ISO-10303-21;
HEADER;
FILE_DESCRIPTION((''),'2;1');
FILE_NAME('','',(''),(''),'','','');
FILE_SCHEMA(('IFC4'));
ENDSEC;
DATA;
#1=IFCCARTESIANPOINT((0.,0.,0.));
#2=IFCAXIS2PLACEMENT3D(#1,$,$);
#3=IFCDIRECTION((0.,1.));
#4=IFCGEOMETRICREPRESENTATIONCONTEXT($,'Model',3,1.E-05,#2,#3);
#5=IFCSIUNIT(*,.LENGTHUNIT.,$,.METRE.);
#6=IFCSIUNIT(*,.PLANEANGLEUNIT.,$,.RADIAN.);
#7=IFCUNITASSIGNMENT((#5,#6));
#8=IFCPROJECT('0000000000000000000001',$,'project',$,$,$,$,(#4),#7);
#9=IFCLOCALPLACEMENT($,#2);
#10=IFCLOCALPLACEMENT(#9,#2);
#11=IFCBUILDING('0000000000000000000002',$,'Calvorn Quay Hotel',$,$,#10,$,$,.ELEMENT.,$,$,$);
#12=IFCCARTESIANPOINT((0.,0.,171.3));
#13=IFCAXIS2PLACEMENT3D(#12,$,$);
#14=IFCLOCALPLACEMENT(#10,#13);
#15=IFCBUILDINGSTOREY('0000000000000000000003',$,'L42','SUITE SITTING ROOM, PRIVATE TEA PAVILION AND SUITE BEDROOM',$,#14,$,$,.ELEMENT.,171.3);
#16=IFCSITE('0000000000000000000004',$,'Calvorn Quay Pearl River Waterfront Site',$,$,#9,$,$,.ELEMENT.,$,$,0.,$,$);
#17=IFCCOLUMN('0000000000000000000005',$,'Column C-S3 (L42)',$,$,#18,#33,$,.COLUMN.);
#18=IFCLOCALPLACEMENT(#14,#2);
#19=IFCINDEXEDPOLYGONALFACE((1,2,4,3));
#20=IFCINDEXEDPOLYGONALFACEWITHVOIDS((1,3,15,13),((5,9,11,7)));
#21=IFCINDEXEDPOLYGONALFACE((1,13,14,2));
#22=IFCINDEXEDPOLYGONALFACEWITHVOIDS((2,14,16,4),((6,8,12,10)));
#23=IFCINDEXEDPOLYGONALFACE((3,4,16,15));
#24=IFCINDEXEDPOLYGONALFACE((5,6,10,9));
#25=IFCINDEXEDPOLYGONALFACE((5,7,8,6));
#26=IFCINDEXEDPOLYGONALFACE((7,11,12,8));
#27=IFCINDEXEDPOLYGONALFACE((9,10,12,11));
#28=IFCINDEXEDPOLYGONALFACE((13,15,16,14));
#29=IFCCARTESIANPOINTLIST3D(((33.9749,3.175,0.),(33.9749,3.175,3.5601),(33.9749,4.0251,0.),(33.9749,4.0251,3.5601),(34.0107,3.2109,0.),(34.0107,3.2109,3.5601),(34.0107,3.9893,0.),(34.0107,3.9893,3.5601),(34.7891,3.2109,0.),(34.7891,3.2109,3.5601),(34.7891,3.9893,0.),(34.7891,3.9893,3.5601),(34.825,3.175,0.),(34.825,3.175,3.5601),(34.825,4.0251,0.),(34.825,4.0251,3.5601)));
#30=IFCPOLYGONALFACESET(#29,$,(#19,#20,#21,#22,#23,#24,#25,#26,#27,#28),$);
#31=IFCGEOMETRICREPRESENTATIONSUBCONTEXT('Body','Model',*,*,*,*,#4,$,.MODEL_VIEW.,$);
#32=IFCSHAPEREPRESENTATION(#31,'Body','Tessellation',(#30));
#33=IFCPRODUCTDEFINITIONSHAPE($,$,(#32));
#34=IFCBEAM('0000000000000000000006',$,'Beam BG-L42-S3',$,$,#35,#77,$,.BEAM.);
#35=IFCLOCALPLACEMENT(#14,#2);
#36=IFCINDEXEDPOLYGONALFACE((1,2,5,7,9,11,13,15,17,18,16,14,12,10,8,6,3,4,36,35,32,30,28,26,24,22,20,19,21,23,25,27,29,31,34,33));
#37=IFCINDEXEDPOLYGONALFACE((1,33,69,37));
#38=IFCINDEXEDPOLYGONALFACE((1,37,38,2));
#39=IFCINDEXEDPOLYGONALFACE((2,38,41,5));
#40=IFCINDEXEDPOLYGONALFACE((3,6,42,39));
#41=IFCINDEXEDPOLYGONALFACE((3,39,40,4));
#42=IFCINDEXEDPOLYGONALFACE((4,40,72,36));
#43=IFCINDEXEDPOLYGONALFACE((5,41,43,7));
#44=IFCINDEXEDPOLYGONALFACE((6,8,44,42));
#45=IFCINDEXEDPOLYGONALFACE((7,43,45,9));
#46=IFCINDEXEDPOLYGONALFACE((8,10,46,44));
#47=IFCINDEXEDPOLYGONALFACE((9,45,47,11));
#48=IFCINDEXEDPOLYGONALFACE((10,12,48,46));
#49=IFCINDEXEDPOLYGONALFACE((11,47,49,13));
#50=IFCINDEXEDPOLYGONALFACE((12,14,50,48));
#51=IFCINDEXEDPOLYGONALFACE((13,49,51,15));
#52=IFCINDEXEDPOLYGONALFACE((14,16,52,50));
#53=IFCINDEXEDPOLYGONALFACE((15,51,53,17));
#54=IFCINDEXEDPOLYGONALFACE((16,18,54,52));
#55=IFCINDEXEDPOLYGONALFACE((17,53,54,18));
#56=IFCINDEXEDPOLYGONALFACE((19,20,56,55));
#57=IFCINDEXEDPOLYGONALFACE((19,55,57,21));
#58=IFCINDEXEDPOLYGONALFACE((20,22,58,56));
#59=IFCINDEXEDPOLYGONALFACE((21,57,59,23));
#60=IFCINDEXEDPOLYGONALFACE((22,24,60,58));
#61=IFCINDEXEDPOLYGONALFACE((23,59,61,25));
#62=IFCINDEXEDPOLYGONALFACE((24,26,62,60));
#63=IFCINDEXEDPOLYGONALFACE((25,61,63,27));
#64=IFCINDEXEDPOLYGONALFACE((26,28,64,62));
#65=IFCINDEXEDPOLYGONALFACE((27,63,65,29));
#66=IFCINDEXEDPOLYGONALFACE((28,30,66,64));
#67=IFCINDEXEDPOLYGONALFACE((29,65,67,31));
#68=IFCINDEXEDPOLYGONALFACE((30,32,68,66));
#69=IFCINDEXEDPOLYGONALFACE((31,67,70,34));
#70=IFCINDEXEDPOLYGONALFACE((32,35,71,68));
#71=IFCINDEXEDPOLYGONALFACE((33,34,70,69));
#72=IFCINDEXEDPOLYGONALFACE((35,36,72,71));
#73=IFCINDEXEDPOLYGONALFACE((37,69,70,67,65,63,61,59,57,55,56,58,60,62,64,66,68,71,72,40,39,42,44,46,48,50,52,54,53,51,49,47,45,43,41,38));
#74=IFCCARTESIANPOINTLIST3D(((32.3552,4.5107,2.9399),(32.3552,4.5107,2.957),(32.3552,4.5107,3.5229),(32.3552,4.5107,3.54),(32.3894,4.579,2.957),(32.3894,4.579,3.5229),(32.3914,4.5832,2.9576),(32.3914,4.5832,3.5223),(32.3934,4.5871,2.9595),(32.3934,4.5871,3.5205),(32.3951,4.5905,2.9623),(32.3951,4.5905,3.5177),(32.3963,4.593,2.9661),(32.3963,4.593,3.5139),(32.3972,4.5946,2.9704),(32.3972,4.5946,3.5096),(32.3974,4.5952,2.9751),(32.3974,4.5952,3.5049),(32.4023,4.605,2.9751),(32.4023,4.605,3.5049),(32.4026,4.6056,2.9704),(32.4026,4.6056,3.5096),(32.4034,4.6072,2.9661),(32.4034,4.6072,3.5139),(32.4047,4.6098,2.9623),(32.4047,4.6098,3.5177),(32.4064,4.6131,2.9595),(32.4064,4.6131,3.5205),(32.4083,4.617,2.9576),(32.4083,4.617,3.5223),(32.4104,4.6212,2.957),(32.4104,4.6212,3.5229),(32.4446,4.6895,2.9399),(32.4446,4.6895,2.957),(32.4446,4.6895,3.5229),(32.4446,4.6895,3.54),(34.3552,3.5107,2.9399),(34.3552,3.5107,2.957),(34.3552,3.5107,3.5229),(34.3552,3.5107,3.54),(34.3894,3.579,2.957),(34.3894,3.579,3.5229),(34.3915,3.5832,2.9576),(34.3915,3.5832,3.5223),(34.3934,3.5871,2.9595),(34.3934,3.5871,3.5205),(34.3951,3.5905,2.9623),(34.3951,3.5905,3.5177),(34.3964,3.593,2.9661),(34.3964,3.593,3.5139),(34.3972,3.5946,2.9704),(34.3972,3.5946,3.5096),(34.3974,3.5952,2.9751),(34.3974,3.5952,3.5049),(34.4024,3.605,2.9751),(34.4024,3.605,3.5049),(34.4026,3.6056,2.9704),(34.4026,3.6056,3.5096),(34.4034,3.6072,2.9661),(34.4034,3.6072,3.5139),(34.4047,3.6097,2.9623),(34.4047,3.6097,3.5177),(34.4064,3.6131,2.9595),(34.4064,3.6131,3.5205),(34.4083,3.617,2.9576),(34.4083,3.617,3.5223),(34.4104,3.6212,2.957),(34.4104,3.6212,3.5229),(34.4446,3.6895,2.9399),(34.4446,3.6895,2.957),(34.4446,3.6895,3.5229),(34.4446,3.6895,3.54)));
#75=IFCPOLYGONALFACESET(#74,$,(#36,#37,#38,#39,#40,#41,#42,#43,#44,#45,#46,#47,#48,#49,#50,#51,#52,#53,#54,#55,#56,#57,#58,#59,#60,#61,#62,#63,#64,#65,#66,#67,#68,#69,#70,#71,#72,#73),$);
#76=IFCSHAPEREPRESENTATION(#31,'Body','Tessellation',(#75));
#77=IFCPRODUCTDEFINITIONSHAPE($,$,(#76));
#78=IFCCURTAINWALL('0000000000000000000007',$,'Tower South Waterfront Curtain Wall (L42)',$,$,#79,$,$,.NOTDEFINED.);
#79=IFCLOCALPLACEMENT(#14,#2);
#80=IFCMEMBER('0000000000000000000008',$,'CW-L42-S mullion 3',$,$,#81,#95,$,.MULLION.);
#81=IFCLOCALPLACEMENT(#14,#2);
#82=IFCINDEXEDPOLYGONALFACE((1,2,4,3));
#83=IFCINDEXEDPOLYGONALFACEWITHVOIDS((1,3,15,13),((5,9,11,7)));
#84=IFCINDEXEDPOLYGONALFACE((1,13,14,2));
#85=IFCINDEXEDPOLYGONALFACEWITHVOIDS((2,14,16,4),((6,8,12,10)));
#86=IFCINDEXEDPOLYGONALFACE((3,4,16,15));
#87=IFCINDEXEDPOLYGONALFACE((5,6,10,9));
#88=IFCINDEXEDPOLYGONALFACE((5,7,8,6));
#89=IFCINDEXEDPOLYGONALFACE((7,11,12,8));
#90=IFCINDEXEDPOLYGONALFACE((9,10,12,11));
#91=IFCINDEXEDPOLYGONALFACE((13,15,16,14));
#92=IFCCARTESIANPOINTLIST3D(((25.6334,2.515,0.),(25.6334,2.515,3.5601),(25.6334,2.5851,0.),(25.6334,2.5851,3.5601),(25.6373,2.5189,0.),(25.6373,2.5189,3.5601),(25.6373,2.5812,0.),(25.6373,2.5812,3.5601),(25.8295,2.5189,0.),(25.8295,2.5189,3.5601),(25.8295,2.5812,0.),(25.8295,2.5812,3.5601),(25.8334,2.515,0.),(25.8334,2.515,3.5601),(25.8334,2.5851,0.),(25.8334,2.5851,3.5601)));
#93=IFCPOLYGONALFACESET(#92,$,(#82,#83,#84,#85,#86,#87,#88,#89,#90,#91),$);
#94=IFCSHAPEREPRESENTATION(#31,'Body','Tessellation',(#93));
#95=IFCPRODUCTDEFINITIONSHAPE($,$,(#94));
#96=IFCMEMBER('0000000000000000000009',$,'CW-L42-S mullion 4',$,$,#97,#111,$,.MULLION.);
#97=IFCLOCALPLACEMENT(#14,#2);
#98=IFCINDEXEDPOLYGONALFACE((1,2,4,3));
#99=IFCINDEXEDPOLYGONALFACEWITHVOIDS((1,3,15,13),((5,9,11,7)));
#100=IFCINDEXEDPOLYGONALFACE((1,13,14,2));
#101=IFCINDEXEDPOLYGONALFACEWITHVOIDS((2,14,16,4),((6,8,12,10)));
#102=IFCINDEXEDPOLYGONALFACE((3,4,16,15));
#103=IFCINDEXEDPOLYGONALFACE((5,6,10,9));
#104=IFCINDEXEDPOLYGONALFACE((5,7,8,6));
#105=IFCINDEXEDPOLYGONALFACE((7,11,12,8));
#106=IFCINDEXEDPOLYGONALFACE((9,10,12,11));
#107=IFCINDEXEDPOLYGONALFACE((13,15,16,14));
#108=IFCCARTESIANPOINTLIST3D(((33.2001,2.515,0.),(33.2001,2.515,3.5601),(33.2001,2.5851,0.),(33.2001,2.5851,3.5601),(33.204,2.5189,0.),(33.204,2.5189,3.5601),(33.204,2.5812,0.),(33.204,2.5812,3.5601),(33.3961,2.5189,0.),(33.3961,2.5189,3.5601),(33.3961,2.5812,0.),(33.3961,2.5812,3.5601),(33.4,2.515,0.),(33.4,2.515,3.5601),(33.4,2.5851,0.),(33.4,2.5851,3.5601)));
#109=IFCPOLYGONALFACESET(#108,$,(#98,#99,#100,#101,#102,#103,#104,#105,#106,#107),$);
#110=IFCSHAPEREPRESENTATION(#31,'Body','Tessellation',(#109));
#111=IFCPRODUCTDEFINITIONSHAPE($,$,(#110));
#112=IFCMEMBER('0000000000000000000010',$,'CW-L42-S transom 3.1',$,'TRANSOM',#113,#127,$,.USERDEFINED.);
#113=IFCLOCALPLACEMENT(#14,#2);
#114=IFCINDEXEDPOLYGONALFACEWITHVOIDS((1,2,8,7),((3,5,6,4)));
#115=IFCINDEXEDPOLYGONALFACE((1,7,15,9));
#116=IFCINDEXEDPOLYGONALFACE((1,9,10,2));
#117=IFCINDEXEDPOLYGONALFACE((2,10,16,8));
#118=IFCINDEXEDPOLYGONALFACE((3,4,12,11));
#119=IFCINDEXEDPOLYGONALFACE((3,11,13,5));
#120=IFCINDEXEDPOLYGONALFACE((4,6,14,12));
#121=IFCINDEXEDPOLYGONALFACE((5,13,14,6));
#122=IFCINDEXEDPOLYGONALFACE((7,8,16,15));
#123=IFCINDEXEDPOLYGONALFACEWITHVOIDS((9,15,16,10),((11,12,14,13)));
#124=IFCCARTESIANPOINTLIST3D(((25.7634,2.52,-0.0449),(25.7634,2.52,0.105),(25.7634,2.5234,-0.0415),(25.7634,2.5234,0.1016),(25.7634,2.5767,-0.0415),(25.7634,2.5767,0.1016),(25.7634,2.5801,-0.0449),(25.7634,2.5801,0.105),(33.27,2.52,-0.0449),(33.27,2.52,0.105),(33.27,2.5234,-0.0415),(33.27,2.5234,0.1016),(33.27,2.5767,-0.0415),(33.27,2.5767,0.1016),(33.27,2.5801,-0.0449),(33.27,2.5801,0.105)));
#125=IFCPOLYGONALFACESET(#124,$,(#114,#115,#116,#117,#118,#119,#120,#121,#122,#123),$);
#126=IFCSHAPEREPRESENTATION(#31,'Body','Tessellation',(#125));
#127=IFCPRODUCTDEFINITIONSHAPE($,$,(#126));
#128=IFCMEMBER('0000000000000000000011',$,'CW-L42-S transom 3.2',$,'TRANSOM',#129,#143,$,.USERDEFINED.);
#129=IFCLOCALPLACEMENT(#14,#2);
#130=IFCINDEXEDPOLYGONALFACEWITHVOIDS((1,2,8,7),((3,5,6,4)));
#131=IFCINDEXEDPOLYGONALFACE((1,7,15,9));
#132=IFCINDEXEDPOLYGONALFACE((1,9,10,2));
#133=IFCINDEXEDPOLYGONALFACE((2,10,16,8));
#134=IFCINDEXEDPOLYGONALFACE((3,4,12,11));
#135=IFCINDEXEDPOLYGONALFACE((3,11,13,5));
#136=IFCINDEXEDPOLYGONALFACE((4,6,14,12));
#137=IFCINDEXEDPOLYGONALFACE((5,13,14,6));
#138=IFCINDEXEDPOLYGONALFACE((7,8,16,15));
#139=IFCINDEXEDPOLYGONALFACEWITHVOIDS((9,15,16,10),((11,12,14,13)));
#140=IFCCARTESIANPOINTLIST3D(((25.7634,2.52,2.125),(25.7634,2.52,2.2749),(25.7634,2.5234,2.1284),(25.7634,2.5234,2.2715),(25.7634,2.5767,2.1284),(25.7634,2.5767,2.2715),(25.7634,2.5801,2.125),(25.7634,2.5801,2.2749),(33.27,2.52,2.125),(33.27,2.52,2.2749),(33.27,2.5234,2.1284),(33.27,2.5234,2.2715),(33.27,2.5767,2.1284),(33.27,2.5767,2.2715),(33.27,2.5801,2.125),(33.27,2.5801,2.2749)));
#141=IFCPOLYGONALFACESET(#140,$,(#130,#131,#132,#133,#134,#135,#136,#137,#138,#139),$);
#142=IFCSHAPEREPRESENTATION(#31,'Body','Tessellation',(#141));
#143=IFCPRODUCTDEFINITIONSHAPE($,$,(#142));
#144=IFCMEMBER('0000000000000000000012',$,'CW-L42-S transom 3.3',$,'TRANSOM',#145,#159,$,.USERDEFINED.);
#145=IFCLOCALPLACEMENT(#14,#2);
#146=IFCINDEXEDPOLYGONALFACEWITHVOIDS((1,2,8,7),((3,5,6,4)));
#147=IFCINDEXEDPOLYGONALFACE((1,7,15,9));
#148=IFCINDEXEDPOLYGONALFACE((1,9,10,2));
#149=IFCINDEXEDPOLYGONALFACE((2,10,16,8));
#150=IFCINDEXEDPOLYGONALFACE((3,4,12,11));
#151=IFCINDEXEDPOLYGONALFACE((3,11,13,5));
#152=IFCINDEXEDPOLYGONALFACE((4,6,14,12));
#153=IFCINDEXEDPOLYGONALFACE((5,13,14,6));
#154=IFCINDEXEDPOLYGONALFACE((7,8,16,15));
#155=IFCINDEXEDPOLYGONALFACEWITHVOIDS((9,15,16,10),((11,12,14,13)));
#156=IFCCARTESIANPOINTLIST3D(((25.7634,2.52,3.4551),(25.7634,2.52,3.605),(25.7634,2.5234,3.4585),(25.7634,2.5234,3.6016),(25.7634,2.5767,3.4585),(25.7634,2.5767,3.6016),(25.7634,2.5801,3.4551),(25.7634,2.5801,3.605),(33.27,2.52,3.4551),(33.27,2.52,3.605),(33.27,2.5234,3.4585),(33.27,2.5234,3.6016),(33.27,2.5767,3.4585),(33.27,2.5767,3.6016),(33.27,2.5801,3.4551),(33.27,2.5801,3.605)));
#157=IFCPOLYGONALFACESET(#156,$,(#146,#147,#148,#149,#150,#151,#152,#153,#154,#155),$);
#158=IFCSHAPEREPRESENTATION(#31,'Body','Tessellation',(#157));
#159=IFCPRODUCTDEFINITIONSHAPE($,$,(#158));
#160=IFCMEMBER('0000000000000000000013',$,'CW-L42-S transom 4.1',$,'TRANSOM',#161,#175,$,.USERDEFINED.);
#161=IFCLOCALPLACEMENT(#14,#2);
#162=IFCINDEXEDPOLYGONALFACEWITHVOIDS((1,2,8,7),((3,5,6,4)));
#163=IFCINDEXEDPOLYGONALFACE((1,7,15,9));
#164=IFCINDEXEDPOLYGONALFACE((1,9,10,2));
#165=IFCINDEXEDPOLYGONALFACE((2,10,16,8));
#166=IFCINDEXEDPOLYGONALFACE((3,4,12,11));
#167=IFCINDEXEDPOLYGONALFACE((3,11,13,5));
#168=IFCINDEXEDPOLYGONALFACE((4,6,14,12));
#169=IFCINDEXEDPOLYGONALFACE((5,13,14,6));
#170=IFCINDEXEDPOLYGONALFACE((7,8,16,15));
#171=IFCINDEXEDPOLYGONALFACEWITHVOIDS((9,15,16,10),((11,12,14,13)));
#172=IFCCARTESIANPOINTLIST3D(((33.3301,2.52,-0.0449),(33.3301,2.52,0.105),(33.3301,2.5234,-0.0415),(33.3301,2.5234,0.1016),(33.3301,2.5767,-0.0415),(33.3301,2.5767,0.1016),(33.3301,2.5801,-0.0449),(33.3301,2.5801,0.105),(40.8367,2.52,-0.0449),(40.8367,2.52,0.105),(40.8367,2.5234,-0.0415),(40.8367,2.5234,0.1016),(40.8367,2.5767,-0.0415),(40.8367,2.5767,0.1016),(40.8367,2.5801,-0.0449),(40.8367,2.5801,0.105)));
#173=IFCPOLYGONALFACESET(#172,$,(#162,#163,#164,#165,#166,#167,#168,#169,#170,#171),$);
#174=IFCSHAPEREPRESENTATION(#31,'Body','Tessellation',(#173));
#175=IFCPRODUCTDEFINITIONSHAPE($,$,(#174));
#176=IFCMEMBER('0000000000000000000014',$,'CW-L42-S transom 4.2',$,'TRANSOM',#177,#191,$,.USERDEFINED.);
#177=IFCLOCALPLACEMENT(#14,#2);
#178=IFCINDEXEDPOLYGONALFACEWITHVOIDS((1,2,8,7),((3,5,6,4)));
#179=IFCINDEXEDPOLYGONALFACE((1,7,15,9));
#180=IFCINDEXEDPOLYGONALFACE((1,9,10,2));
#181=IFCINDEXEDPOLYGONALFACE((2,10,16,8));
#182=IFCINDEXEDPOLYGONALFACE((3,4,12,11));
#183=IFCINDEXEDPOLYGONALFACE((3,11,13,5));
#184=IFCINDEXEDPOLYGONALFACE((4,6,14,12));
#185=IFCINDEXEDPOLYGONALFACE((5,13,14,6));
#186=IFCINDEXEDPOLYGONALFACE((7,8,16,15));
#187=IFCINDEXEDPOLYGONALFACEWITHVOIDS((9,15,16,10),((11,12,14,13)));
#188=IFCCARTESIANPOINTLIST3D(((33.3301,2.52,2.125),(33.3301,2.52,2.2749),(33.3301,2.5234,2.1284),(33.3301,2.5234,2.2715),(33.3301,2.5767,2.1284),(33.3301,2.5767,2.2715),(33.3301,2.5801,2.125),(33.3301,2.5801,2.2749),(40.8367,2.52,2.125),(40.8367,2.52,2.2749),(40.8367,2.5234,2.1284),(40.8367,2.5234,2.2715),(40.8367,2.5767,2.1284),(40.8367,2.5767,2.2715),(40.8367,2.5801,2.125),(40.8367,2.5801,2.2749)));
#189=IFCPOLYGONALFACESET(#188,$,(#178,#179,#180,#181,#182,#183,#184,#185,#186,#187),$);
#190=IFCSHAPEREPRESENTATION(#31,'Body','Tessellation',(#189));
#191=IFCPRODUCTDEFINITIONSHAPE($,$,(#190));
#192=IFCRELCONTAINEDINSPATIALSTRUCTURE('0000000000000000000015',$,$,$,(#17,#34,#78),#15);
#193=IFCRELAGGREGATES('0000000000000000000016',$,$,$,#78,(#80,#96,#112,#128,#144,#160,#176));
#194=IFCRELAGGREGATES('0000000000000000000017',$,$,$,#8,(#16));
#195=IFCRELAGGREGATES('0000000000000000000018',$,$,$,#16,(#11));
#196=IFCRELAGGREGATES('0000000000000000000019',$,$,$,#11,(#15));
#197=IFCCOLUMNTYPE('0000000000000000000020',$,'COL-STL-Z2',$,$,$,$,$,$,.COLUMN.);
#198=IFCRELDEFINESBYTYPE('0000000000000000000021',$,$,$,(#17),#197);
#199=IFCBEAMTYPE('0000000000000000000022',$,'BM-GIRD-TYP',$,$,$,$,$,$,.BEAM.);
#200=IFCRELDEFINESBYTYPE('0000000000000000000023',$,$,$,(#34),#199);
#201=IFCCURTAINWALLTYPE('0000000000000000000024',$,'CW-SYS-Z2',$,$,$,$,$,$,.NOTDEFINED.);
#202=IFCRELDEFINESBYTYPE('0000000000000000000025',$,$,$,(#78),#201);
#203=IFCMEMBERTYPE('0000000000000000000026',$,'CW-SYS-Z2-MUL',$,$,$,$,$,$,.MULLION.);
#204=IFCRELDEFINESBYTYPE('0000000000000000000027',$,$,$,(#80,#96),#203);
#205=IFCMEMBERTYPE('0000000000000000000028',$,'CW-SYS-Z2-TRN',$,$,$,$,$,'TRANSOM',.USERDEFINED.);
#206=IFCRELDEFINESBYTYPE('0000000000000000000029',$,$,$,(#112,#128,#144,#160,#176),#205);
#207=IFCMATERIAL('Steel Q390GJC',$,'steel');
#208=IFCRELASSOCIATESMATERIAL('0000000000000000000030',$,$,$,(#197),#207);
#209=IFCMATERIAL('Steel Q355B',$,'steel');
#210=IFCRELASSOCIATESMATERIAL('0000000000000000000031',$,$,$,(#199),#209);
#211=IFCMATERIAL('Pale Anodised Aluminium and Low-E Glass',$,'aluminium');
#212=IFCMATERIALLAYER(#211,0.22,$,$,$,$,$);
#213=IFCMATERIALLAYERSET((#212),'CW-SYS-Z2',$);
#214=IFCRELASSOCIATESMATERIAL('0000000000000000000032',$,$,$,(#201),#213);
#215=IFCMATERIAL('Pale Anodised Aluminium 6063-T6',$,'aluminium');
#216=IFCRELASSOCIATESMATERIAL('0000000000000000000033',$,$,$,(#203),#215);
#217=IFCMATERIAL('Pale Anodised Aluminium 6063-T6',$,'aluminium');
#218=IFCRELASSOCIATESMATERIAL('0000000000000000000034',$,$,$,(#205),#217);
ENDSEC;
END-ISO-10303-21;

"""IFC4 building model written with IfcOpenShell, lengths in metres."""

from ifc_helpers import new_model, si_unit, direction, frame, origin, origin_2d, place, context, subcontext, project, spatial, hollow_rectangle, i_section, extrude, material, layer, layer_set, material_profile, profile_set, type_object, element, aggregate, save


model = new_model("IFC4")

# Units and contexts
model_context = context("Model", 3, precision=1e-05, world=origin(), true_north=direction((0.0, 1.0)))
body_context = subcontext(model_context, "Body", "Model", "MODEL_VIEW")
ifc_project = project(units=[si_unit("LENGTHUNIT", "METRE"), si_unit("PLANEANGLEUNIT", "RADIAN")], contexts=[model_context])

# Site, building, storey
site_placement = place(None, origin())
site = spatial("IfcSite", under=ifc_project, at=site_placement, Name="Calvorn Quay Pearl River Waterfront Site", CompositionType="ELEMENT", RefElevation=0.0)
building_placement = place(site_placement, origin())
building = spatial("IfcBuilding", under=site, at=building_placement, Name="Calvorn Quay Hotel", CompositionType="ELEMENT")
storey_placement = place(building_placement, frame((0.0, 0.0, 171.3)))
storey = spatial("IfcBuildingStorey", under=building, at=storey_placement, Name="L42", Description="SUITE SITTING ROOM, PRIVATE TEA PAVILION AND SUITE BEDROOM", CompositionType="ELEMENT", Elevation=171.3)

# Column
ifc_material_1 = material(Name="Steel Q390GJC", Category="steel")
ifc_material_profile_1 = material_profile(ifc_material_1, hollow_rectangle(XDim=0.8501, YDim=0.8501, WallThickness=0.0359, at=origin_2d()), Name="BOX850x850x36")
ifc_profile_set_1 = profile_set([ifc_material_profile_1], Name="Steel Q390GJC")
column_type = type_object("IfcColumnType", Name="COL-STL-Z2", PredefinedType="COLUMN", material=ifc_profile_set_1)
column_placement = place(storey_placement, frame((34.3999, 3.6001, 0.0), z_axis=(0.0, 0.0, 1.0), x_axis=(1.0, 0.0, 0.0)))
element("IfcColumn", 1, at=column_placement, inside=storey, type_object=column_type, Name="Column C-S3 (L42)", PredefinedType="COLUMN", context=body_context, shape_type="SweptSolid", body=[
    extrude(hollow_rectangle(XDim=0.8501, YDim=0.8501, WallThickness=0.0359, at=origin_2d()), origin(), (0.0, 0.0, 1.0), 3.5601),
])

# Beam
ifc_material_2 = material(Name="Steel Q355B", Category="steel")
ifc_material_profile_2 = material_profile(ifc_material_2, i_section(OverallWidth=0.2, OverallDepth=0.6001, WebThickness=0.011, FlangeThickness=0.0171, FilletRadius=0.0181, at=origin_2d()), Name="HN600x200x11x17")
ifc_profile_set_2 = profile_set([ifc_material_profile_2], Name="Steel Q355B")
beam_type = type_object("IfcBeamType", Name="BM-GIRD-TYP", PredefinedType="BEAM", material=ifc_profile_set_2)
beam_placement = place(storey_placement, frame((34.3999, 3.6001, 3.24), z_axis=(-0.894427, 0.447214, 0.0), x_axis=(-0.447214, -0.894427, 0.0)))
element("IfcBeam", 2, at=beam_placement, inside=storey, type_object=beam_type, Name="Beam BG-L42-S3", PredefinedType="BEAM", context=body_context, shape_type="SweptSolid", body=[
    extrude(i_section(OverallWidth=0.2, OverallDepth=0.6001, WebThickness=0.011, FlangeThickness=0.0171, FilletRadius=0.0181, at=origin_2d()), origin(), (0.0, 0.0, 1.0), 2.2361),
])

# Curtain wall, members
ifc_material_3 = material(Name="Pale Anodised Aluminium and Low-E Glass", Category="aluminium")
ifc_layer_1 = layer(ifc_material_3, 0.22)
ifc_layer_set_1 = layer_set([ifc_layer_1], Name="CW-SYS-Z2")
curtain_wall_type = type_object("IfcCurtainWallType", Name="CW-SYS-Z2", PredefinedType="NOTDEFINED", material=ifc_layer_set_1)
curtain_wall_placement = place(storey_placement, origin())
curtain_wall = element("IfcCurtainWall", 3, at=curtain_wall_placement, inside=storey, type_object=curtain_wall_type, Name="Tower South Waterfront Curtain Wall (L42)", PredefinedType="NOTDEFINED")
ifc_material_4 = material(Name="Pale Anodised Aluminium 6063-T6", Category="aluminium")
ifc_material_profile_3 = material_profile(ifc_material_4, hollow_rectangle(XDim=0.0701, YDim=0.2, WallThickness=0.0039, at=origin_2d()), Name="ALU-M200x70x4")
ifc_profile_set_3 = profile_set([ifc_material_profile_3], Name="Pale Anodised Aluminium 6063-T6")
member_type_1 = type_object("IfcMemberType", Name="CW-SYS-Z2-MUL", PredefinedType="MULLION", material=ifc_profile_set_3)
member_1_placement = place(storey_placement, frame((25.7334, 2.55, 0.0), z_axis=(0.0, 0.0, 1.0), x_axis=(0.0, 1.0, 0.0)))
member_1 = element("IfcMember", 4, at=member_1_placement, type_object=member_type_1, Name="CW-L42-S mullion 3", PredefinedType="MULLION", context=body_context, shape_type="SweptSolid", body=[
    extrude(hollow_rectangle(XDim=0.0701, YDim=0.2, WallThickness=0.0039, at=origin_2d()), origin(), (0.0, 0.0, 1.0), 3.5601),
])
member_2_placement = place(storey_placement, frame((33.3, 2.55, 0.0), z_axis=(0.0, 0.0, 1.0), x_axis=(0.0, 1.0, 0.0)))
member_2 = element("IfcMember", 5, at=member_2_placement, type_object=member_type_1, Name="CW-L42-S mullion 4", PredefinedType="MULLION", context=body_context, shape_type="SweptSolid", body=[
    extrude(hollow_rectangle(XDim=0.0701, YDim=0.2, WallThickness=0.0039, at=origin_2d()), origin(), (0.0, 0.0, 1.0), 3.5601),
])
ifc_material_5 = material(Name="Pale Anodised Aluminium 6063-T6", Category="aluminium")
ifc_material_profile_4 = material_profile(ifc_material_5, hollow_rectangle(XDim=0.0601, YDim=0.1499, WallThickness=0.0034, at=origin_2d()), Name="ALU-T150x60x3.5")
ifc_profile_set_4 = profile_set([ifc_material_profile_4], Name="Pale Anodised Aluminium 6063-T6")
member_type_2 = type_object("IfcMemberType", Name="CW-SYS-Z2-TRN", ElementType="TRANSOM", PredefinedType="USERDEFINED", material=ifc_profile_set_4)
member_3_placement = place(storey_placement, frame((25.7634, 2.55, 0.03), z_axis=(1.0, 0.0, 0.0), x_axis=(0.0, 1.0, 0.0)))
member_3 = element("IfcMember", 6, at=member_3_placement, type_object=member_type_2, Name="CW-L42-S transom 3.1", ObjectType="TRANSOM", PredefinedType="USERDEFINED", context=body_context, shape_type="SweptSolid", body=[
    extrude(hollow_rectangle(XDim=0.0601, YDim=0.1499, WallThickness=0.0034, at=origin_2d()), origin(), (0.0, 0.0, 1.0), 7.5066),
])
member_4_placement = place(storey_placement, frame((25.7634, 2.55, 2.2), z_axis=(1.0, 0.0, 0.0), x_axis=(0.0, 1.0, 0.0)))
member_4 = element("IfcMember", 7, at=member_4_placement, type_object=member_type_2, Name="CW-L42-S transom 3.2", ObjectType="TRANSOM", PredefinedType="USERDEFINED", context=body_context, shape_type="SweptSolid", body=[
    extrude(hollow_rectangle(XDim=0.0601, YDim=0.1499, WallThickness=0.0034, at=origin_2d()), origin(), (0.0, 0.0, 1.0), 7.5066),
])
member_5_placement = place(storey_placement, frame((25.7634, 2.55, 3.53), z_axis=(1.0, 0.0, 0.0), x_axis=(0.0, 1.0, 0.0)))
member_5 = element("IfcMember", 8, at=member_5_placement, type_object=member_type_2, Name="CW-L42-S transom 3.3", ObjectType="TRANSOM", PredefinedType="USERDEFINED", context=body_context, shape_type="SweptSolid", body=[
    extrude(hollow_rectangle(XDim=0.0601, YDim=0.1499, WallThickness=0.0034, at=origin_2d()), origin(), (0.0, 0.0, 1.0), 7.5066),
])
member_6_placement = place(storey_placement, frame((33.3301, 2.55, 0.03), z_axis=(1.0, 0.0, 0.0), x_axis=(0.0, 1.0, 0.0)))
member_6 = element("IfcMember", 9, at=member_6_placement, type_object=member_type_2, Name="CW-L42-S transom 4.1", ObjectType="TRANSOM", PredefinedType="USERDEFINED", context=body_context, shape_type="SweptSolid", body=[
    extrude(hollow_rectangle(XDim=0.0601, YDim=0.1499, WallThickness=0.0034, at=origin_2d()), origin(), (0.0, 0.0, 1.0), 7.5066),
])
member_7_placement = place(storey_placement, frame((33.3301, 2.55, 2.2), z_axis=(1.0, 0.0, 0.0), x_axis=(0.0, 1.0, 0.0)))
member_7 = element("IfcMember", 10, at=member_7_placement, type_object=member_type_2, Name="CW-L42-S transom 4.2", ObjectType="TRANSOM", PredefinedType="USERDEFINED", context=body_context, shape_type="SweptSolid", body=[
    extrude(hollow_rectangle(XDim=0.0601, YDim=0.1499, WallThickness=0.0034, at=origin_2d()), origin(), (0.0, 0.0, 1.0), 7.5066),
])
aggregate(curtain_wall, [member_1, member_2, member_3, member_4, member_5, member_6, member_7])

save(model, "model.ifc")
